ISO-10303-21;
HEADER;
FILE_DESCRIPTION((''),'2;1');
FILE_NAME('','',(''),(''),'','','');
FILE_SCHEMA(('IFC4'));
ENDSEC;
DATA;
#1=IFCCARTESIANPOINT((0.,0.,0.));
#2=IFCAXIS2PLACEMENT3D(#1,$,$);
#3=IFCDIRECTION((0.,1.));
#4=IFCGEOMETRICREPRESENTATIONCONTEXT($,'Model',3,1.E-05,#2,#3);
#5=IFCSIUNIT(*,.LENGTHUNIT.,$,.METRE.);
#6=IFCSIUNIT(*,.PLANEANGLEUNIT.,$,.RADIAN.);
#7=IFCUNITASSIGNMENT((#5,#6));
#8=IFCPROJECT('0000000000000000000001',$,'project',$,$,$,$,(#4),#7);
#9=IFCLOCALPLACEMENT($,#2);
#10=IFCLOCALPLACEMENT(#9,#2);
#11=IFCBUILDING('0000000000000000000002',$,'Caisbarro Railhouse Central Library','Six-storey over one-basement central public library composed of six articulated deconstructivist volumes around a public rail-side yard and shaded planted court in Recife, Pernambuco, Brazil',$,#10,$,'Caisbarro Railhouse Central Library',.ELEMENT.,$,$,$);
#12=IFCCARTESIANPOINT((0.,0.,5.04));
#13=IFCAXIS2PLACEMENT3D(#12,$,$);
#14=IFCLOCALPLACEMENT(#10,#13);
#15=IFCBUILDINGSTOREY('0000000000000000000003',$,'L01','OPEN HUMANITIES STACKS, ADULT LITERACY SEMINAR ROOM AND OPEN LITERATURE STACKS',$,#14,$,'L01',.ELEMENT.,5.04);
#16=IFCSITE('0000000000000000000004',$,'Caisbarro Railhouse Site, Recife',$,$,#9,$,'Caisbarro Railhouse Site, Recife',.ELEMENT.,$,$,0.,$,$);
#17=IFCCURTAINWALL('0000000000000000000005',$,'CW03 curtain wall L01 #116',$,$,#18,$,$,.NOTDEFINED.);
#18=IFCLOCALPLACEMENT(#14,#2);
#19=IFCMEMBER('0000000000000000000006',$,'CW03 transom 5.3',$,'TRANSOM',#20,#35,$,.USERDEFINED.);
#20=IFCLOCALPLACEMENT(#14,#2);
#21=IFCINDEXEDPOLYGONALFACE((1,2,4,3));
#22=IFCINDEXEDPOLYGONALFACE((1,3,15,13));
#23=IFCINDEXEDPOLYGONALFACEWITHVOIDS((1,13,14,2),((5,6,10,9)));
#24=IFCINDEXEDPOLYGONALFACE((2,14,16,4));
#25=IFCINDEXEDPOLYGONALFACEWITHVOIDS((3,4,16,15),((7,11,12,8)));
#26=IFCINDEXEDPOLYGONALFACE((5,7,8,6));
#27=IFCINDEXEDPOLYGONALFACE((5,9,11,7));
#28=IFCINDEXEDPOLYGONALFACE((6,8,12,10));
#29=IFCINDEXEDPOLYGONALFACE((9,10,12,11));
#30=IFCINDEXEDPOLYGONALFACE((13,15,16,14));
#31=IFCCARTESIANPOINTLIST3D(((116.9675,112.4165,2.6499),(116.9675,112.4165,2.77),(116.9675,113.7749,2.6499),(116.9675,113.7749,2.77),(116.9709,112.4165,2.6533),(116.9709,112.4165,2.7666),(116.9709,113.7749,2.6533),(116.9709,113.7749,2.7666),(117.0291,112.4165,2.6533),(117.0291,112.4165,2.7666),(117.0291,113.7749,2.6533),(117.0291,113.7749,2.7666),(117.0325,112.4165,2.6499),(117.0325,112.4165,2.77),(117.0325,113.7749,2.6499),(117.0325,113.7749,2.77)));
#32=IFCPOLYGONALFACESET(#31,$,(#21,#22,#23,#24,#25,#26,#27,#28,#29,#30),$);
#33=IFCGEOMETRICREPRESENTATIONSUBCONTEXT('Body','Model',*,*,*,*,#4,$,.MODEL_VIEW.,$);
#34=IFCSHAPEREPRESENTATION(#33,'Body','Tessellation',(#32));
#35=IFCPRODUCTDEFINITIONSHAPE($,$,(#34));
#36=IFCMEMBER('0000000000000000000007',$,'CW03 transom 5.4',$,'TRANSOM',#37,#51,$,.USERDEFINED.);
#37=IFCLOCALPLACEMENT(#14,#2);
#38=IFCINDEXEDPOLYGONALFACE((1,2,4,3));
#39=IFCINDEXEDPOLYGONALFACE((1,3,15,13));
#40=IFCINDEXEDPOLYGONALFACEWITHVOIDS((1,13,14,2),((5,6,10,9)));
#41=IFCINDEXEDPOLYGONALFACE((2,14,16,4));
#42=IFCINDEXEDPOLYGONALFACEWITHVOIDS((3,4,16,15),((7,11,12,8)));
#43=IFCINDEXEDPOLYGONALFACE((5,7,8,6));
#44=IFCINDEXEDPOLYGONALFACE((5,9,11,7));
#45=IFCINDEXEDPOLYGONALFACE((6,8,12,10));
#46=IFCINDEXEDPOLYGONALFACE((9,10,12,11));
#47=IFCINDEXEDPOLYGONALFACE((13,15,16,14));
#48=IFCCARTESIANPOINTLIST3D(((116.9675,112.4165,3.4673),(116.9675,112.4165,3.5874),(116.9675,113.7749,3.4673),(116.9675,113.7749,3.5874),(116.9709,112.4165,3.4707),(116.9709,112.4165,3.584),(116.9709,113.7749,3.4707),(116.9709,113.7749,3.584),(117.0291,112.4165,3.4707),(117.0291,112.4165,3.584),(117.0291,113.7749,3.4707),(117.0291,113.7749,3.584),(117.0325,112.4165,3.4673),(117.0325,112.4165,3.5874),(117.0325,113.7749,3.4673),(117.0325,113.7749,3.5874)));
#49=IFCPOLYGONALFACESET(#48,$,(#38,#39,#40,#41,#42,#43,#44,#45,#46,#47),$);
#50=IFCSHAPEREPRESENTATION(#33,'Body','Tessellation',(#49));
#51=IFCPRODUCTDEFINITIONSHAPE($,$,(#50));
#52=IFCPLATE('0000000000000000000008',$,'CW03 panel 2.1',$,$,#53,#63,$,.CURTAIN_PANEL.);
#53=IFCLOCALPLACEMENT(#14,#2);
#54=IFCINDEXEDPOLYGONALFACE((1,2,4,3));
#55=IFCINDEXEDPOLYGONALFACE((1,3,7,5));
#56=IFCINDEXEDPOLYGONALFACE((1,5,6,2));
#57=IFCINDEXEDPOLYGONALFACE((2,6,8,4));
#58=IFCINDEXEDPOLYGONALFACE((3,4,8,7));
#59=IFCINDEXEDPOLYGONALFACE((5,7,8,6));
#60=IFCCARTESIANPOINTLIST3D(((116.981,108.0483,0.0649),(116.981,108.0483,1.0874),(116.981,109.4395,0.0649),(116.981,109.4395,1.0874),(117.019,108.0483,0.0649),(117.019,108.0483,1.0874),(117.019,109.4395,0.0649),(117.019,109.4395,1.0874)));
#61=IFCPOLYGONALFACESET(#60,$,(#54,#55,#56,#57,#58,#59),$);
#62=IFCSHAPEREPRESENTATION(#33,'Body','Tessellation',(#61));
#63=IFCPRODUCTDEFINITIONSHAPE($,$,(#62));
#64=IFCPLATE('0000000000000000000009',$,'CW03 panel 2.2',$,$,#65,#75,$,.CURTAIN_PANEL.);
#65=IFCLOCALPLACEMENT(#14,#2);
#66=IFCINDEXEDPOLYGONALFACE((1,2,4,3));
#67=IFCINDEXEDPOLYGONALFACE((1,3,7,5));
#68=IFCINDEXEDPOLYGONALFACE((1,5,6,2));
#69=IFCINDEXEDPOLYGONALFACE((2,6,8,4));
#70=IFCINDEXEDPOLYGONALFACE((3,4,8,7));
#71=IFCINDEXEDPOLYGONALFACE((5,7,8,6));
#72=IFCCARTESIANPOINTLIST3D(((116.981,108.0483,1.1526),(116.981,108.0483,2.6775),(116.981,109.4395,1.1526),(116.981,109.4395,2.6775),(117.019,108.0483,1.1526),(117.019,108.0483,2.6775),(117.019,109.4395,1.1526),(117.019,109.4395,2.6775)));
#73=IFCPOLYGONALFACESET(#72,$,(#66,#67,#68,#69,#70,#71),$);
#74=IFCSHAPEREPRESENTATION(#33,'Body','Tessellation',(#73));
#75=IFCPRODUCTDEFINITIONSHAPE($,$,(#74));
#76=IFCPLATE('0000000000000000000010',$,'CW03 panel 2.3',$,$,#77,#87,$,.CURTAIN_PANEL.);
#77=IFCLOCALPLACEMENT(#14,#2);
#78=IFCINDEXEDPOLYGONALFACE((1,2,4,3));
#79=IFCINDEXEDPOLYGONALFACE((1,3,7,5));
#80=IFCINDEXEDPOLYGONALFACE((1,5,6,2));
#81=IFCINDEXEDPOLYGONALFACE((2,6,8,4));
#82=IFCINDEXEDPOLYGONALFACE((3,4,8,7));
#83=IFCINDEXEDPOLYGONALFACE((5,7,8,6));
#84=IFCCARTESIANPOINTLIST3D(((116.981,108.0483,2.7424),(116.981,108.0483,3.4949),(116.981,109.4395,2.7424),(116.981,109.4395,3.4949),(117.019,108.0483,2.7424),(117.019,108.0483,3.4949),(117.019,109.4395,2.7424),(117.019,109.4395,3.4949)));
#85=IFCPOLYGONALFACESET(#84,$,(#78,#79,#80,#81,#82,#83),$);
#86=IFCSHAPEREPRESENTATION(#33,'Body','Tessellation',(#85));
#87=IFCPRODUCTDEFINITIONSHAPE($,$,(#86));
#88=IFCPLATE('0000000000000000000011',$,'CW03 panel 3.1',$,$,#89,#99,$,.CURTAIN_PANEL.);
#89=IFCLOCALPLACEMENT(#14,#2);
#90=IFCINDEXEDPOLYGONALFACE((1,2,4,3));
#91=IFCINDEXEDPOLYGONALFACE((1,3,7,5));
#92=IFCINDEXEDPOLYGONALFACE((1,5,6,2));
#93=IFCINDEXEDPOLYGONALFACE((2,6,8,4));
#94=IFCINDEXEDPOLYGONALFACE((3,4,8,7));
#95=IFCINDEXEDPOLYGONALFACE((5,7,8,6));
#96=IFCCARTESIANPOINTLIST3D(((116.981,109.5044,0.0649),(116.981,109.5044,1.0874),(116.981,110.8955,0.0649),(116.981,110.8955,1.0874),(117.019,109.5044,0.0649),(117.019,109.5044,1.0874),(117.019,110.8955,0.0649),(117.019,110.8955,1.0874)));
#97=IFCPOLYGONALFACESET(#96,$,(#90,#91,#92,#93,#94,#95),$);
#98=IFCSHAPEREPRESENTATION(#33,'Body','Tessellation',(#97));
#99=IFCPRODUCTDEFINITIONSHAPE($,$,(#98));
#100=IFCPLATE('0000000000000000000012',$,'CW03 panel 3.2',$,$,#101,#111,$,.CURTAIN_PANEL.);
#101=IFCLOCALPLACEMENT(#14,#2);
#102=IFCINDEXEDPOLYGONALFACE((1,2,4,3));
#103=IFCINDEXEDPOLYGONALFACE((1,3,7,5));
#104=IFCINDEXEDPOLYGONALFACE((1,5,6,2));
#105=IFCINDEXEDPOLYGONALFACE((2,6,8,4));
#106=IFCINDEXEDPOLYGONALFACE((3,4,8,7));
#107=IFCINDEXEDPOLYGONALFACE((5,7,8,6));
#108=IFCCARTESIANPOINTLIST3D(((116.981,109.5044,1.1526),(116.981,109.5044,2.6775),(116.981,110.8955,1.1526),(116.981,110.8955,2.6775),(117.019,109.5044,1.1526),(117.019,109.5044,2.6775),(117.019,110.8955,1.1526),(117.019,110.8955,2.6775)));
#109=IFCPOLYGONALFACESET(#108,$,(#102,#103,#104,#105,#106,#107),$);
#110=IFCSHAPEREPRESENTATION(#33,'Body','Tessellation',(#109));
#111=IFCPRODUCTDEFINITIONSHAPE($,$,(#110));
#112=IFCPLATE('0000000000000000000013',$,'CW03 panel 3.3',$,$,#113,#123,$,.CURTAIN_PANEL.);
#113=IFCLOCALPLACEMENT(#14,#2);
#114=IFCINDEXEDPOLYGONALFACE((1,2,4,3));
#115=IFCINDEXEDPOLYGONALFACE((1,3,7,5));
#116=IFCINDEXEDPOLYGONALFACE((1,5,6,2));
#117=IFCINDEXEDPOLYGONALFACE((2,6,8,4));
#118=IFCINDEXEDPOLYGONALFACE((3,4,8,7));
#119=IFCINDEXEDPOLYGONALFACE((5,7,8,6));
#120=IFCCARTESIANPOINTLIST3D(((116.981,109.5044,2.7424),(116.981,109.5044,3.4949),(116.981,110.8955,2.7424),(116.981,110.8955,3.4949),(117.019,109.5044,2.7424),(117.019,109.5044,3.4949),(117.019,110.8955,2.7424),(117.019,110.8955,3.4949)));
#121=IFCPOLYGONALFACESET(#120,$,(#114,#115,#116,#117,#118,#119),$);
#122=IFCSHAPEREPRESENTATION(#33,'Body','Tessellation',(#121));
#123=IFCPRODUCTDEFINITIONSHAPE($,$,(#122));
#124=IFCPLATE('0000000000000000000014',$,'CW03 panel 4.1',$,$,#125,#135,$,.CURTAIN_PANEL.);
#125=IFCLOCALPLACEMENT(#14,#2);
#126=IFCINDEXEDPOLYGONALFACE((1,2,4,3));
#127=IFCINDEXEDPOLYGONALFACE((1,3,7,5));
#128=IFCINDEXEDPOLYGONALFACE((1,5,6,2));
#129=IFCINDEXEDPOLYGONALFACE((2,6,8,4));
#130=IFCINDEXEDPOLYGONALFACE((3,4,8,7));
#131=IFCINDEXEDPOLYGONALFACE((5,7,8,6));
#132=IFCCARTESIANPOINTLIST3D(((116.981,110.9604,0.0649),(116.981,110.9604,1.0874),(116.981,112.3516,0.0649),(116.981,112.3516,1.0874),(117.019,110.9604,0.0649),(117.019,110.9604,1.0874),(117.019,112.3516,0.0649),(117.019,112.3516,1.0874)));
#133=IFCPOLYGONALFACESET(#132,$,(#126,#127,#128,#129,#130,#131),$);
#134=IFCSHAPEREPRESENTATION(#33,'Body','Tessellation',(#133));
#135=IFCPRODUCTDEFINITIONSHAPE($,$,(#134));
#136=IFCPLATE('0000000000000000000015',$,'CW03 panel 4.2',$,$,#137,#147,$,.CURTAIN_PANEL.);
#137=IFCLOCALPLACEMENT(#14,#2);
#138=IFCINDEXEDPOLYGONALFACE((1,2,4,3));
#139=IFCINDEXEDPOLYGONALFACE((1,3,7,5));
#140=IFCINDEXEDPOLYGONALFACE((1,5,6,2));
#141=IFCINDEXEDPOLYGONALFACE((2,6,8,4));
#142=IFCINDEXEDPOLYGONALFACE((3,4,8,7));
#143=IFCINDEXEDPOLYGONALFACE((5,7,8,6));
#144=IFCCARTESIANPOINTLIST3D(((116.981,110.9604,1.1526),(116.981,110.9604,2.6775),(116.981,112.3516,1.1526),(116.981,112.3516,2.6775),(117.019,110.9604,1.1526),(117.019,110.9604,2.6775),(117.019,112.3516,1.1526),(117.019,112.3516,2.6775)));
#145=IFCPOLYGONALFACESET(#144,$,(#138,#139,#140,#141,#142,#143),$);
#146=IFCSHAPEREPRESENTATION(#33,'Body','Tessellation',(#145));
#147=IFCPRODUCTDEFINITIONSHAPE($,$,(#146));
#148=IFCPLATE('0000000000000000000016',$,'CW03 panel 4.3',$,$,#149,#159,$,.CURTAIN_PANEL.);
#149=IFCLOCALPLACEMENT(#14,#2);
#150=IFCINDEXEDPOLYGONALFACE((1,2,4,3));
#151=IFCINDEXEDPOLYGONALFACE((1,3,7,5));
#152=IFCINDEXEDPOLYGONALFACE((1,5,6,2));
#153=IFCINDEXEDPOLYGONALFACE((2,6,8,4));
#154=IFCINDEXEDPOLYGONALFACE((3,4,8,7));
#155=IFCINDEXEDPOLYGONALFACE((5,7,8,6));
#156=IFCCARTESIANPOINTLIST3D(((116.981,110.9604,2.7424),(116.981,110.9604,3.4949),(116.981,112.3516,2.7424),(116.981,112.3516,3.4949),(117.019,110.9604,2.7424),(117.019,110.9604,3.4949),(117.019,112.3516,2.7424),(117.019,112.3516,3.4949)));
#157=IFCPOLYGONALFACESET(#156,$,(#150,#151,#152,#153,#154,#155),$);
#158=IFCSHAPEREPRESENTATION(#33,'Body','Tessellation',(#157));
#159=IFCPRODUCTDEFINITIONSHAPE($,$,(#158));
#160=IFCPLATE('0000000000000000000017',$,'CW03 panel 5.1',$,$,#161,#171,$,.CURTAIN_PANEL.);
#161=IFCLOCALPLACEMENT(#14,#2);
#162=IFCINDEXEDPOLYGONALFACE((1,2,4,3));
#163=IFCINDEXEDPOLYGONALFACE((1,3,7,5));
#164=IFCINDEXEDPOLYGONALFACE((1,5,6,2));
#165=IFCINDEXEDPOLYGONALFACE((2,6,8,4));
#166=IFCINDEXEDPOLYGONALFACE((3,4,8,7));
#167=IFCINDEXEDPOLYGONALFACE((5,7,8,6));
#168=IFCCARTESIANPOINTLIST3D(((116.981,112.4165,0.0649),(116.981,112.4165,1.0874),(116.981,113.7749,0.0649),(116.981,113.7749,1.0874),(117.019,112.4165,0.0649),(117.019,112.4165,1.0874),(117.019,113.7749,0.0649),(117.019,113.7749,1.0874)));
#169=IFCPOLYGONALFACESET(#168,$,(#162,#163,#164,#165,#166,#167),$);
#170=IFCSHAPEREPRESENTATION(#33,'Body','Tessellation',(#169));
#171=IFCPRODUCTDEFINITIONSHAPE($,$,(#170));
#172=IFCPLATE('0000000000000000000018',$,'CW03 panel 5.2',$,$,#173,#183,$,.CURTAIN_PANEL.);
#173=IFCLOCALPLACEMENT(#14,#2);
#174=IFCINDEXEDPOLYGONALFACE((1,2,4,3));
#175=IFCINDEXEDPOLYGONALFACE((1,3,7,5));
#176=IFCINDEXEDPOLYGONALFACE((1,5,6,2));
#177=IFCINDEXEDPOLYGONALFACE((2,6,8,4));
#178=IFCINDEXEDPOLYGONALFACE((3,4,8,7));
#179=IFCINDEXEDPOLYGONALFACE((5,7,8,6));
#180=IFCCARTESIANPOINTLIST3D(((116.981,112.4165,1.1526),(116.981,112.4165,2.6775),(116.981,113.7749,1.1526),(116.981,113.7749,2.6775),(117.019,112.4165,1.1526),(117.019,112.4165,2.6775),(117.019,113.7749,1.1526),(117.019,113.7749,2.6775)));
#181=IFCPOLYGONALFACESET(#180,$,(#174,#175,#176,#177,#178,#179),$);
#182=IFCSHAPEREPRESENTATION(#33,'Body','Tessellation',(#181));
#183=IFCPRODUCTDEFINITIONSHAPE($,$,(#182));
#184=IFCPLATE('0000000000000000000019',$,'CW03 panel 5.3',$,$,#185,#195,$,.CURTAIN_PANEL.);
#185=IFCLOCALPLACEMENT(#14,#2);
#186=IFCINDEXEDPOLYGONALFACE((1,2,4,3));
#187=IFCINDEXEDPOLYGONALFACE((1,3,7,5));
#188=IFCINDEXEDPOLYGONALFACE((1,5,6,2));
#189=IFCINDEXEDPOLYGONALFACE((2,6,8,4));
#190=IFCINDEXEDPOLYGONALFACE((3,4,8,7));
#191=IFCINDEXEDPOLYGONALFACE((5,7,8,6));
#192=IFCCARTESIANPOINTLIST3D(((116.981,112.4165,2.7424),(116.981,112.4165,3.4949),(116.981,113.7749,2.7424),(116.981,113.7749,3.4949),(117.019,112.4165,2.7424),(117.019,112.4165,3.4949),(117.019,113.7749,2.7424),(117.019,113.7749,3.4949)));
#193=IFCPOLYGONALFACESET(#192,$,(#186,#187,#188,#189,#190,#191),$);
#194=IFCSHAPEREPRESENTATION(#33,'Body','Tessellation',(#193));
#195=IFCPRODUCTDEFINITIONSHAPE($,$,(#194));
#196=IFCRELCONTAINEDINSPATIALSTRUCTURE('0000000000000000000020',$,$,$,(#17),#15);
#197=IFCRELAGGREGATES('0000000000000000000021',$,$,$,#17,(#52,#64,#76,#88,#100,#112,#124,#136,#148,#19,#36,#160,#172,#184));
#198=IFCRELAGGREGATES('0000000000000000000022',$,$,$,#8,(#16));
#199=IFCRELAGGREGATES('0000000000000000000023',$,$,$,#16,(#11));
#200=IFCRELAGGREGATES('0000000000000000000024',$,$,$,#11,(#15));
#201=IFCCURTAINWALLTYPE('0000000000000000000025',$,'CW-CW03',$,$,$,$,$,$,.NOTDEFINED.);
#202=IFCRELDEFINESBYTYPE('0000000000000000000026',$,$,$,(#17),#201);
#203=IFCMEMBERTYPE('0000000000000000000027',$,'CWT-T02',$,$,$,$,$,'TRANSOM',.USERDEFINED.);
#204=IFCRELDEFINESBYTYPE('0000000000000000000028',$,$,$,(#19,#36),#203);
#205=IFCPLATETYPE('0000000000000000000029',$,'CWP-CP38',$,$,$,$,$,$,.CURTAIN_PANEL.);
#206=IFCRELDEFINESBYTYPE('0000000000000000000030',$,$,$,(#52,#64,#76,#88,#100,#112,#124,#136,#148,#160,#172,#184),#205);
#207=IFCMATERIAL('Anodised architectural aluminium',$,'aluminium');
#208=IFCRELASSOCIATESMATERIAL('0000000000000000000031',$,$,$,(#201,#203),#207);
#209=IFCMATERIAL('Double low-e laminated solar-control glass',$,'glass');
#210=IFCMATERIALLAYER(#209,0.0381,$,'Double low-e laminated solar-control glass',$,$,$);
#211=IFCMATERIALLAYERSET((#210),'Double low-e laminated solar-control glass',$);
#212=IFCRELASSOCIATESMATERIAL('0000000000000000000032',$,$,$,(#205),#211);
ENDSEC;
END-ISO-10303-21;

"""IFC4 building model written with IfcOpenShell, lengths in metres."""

from ifc_helpers import new_model, si_unit, direction, frame, origin, origin_2d, place, context, subcontext, project, spatial, rectangle, hollow_rectangle, extrude, material, layer, layer_set, material_profile, profile_set, type_object, element, aggregate, save


model = new_model("IFC4")

# Units and contexts
model_context = context("Model", 3, precision=1e-05, world=origin(), true_north=direction((0.0, 1.0)))
body_context = subcontext(model_context, "Body", "Model", "MODEL_VIEW")
ifc_project = project(units=[si_unit("LENGTHUNIT", "METRE"), si_unit("PLANEANGLEUNIT", "RADIAN")], contexts=[model_context])

# Site, building, storey
site_placement = place(None, origin())
site = spatial("IfcSite", under=ifc_project, at=site_placement, Name="Caisbarro Railhouse Site, Recife", LongName="Caisbarro Railhouse Site, Recife", CompositionType="ELEMENT", RefElevation=0.0)
building_placement = place(site_placement, origin())
building = spatial("IfcBuilding", under=site, at=building_placement, Name="Caisbarro Railhouse Central Library", Description="Six-storey over one-basement central public library composed of six articulated deconstructivist volumes around a public rail-side yard and shaded planted court in Recife, Pernambuco, Brazil", LongName="Caisbarro Railhouse Central Library", CompositionType="ELEMENT")
storey_placement = place(building_placement, frame((0.0, 0.0, 5.04)))
storey = spatial("IfcBuildingStorey", under=building, at=storey_placement, Name="L01", Description="OPEN HUMANITIES STACKS, ADULT LITERACY SEMINAR ROOM AND OPEN LITERATURE STACKS", LongName="L01", CompositionType="ELEMENT", Elevation=5.04)

# Curtain wall, members, plates
ifc_material_1 = material(Name="Anodised architectural aluminium", Category="aluminium")
curtain_wall_type = type_object("IfcCurtainWallType", Name="CW-CW03", PredefinedType="NOTDEFINED", material=ifc_material_1)
curtain_wall_placement = place(storey_placement, origin())
curtain_wall = element("IfcCurtainWall", 1, at=curtain_wall_placement, inside=storey, type_object=curtain_wall_type, Name="CW03 curtain wall L01 #116", PredefinedType="NOTDEFINED")
ifc_material_profile_1 = material_profile(ifc_material_1, hollow_rectangle(XDim=0.0649, YDim=0.1201, WallThickness=0.0034, at=origin_2d()), Name="ALU-TRN-65X120")
ifc_profile_set_1 = profile_set([ifc_material_profile_1], Name="Anodised architectural aluminium")
member_type_1 = type_object("IfcMemberType", Name="CWT-T02", ElementType="TRANSOM", PredefinedType="USERDEFINED", material=ifc_profile_set_1)
member_1_placement = place(storey_placement, frame((117.0, 112.4165, 2.71), z_axis=(0.0, 1.0, 0.0), x_axis=(-1.0, 0.0, 0.0)))
member_1 = element("IfcMember", 2, at=member_1_placement, type_object=member_type_1, Name="CW03 transom 5.3", ObjectType="TRANSOM", PredefinedType="USERDEFINED", context=body_context, shape_type="SweptSolid", body=[
    extrude(hollow_rectangle(XDim=0.0649, YDim=0.1201, WallThickness=0.0034, at=origin_2d()), origin(), (0.0, 0.0, 1.0), 1.3584),
])
member_2_placement = place(storey_placement, frame((117.0, 112.4165, 3.5273), z_axis=(0.0, 1.0, 0.0), x_axis=(-1.0, 0.0, 0.0)))
member_2 = element("IfcMember", 3, at=member_2_placement, type_object=member_type_1, Name="CW03 transom 5.4", ObjectType="TRANSOM", PredefinedType="USERDEFINED", context=body_context, shape_type="SweptSolid", body=[
    extrude(hollow_rectangle(XDim=0.0649, YDim=0.1201, WallThickness=0.0034, at=origin_2d()), origin(), (0.0, 0.0, 1.0), 1.3584),
])
ifc_material_2 = material(Name="Double low-e laminated solar-control glass", Category="glass")
ifc_layer_1 = layer(ifc_material_2, 0.0381, Name="Double low-e laminated solar-control glass")
ifc_layer_set_1 = layer_set([ifc_layer_1], Name="Double low-e laminated solar-control glass")
plate_type_1 = type_object("IfcPlateType", Name="CWP-CP38", PredefinedType="CURTAIN_PANEL", material=ifc_layer_set_1)
plate_1_placement = place(storey_placement, frame((117.0, 108.7439, 0.0649), z_axis=(0.0, 0.0, 1.0), x_axis=(0.0, 1.0, 0.0)))
plate_1 = element("IfcPlate", 4, at=plate_1_placement, type_object=plate_type_1, Name="CW03 panel 2.1", PredefinedType="CURTAIN_PANEL", context=body_context, shape_type="SweptSolid", body=[
    extrude(rectangle(XDim=1.3911, YDim=0.0381, at=origin_2d()), origin(), (0.0, 0.0, 1.0), 1.0225),
])
plate_2_placement = place(storey_placement, frame((117.0, 108.7439, 1.1526), z_axis=(0.0, 0.0, 1.0), x_axis=(0.0, 1.0, 0.0)))
plate_2 = element("IfcPlate", 5, at=plate_2_placement, type_object=plate_type_1, Name="CW03 panel 2.2", PredefinedType="CURTAIN_PANEL", context=body_context, shape_type="SweptSolid", body=[
    extrude(rectangle(XDim=1.3911, YDim=0.0381, at=origin_2d()), origin(), (0.0, 0.0, 1.0), 1.5249),
])
plate_3_placement = place(storey_placement, frame((117.0, 108.7439, 2.7424), z_axis=(0.0, 0.0, 1.0), x_axis=(0.0, 1.0, 0.0)))
plate_3 = element("IfcPlate", 6, at=plate_3_placement, type_object=plate_type_1, Name="CW03 panel 2.3", PredefinedType="CURTAIN_PANEL", context=body_context, shape_type="SweptSolid", body=[
    extrude(rectangle(XDim=1.3911, YDim=0.0381, at=origin_2d()), origin(), (0.0, 0.0, 1.0), 0.7524),
])
plate_4_placement = place(storey_placement, frame((117.0, 110.2, 0.0649), z_axis=(0.0, 0.0, 1.0), x_axis=(0.0, 1.0, 0.0)))
plate_4 = element("IfcPlate", 7, at=plate_4_placement, type_object=plate_type_1, Name="CW03 panel 3.1", PredefinedType="CURTAIN_PANEL", context=body_context, shape_type="SweptSolid", body=[
    extrude(rectangle(XDim=1.3911, YDim=0.0381, at=origin_2d()), origin(), (0.0, 0.0, 1.0), 1.0225),
])
plate_5_placement = place(storey_placement, frame((117.0, 110.2, 1.1526), z_axis=(0.0, 0.0, 1.0), x_axis=(0.0, 1.0, 0.0)))
plate_5 = element("IfcPlate", 8, at=plate_5_placement, type_object=plate_type_1, Name="CW03 panel 3.2", PredefinedType="CURTAIN_PANEL", context=body_context, shape_type="SweptSolid", body=[
    extrude(rectangle(XDim=1.3911, YDim=0.0381, at=origin_2d()), origin(), (0.0, 0.0, 1.0), 1.5249),
])
plate_6_placement = place(storey_placement, frame((117.0, 110.2, 2.7424), z_axis=(0.0, 0.0, 1.0), x_axis=(0.0, 1.0, 0.0)))
plate_6 = element("IfcPlate", 9, at=plate_6_placement, type_object=plate_type_1, Name="CW03 panel 3.3", PredefinedType="CURTAIN_PANEL", context=body_context, shape_type="SweptSolid", body=[
    extrude(rectangle(XDim=1.3911, YDim=0.0381, at=origin_2d()), origin(), (0.0, 0.0, 1.0), 0.7524),
])
plate_7_placement = place(storey_placement, frame((117.0, 111.656, 0.0649), z_axis=(0.0, 0.0, 1.0), x_axis=(0.0, 1.0, 0.0)))
plate_7 = element("IfcPlate", 10, at=plate_7_placement, type_object=plate_type_1, Name="CW03 panel 4.1", PredefinedType="CURTAIN_PANEL", context=body_context, shape_type="SweptSolid", body=[
    extrude(rectangle(XDim=1.3911, YDim=0.0381, at=origin_2d()), origin(), (0.0, 0.0, 1.0), 1.0225),
])
plate_8_placement = place(storey_placement, frame((117.0, 111.656, 1.1526), z_axis=(0.0, 0.0, 1.0), x_axis=(0.0, 1.0, 0.0)))
plate_8 = element("IfcPlate", 11, at=plate_8_placement, type_object=plate_type_1, Name="CW03 panel 4.2", PredefinedType="CURTAIN_PANEL", context=body_context, shape_type="SweptSolid", body=[
    extrude(rectangle(XDim=1.3911, YDim=0.0381, at=origin_2d()), origin(), (0.0, 0.0, 1.0), 1.5249),
])
plate_9_placement = place(storey_placement, frame((117.0, 111.656, 2.7424), z_axis=(0.0, 0.0, 1.0), x_axis=(0.0, 1.0, 0.0)))
plate_9 = element("IfcPlate", 12, at=plate_9_placement, type_object=plate_type_1, Name="CW03 panel 4.3", PredefinedType="CURTAIN_PANEL", context=body_context, shape_type="SweptSolid", body=[
    extrude(rectangle(XDim=1.3911, YDim=0.0381, at=origin_2d()), origin(), (0.0, 0.0, 1.0), 0.7524),
])
plate_10_placement = place(storey_placement, frame((117.0, 113.0957, 0.0649), z_axis=(0.0, 0.0, 1.0), x_axis=(0.0, 1.0, 0.0)))
plate_10 = element("IfcPlate", 13, at=plate_10_placement, type_object=plate_type_1, Name="CW03 panel 5.1", PredefinedType="CURTAIN_PANEL", context=body_context, shape_type="SweptSolid", body=[
    extrude(rectangle(XDim=1.3584, YDim=0.0381, at=origin_2d()), origin(), (0.0, 0.0, 1.0), 1.0225),
])
plate_11_placement = place(storey_placement, frame((117.0, 113.0957, 1.1526), z_axis=(0.0, 0.0, 1.0), x_axis=(0.0, 1.0, 0.0)))
plate_11 = element("IfcPlate", 14, at=plate_11_placement, type_object=plate_type_1, Name="CW03 panel 5.2", PredefinedType="CURTAIN_PANEL", context=body_context, shape_type="SweptSolid", body=[
    extrude(rectangle(XDim=1.3584, YDim=0.0381, at=origin_2d()), origin(), (0.0, 0.0, 1.0), 1.5249),
])
plate_12_placement = place(storey_placement, frame((117.0, 113.0957, 2.7424), z_axis=(0.0, 0.0, 1.0), x_axis=(0.0, 1.0, 0.0)))
plate_12 = element("IfcPlate", 15, at=plate_12_placement, type_object=plate_type_1, Name="CW03 panel 5.3", PredefinedType="CURTAIN_PANEL", context=body_context, shape_type="SweptSolid", body=[
    extrude(rectangle(XDim=1.3584, YDim=0.0381, at=origin_2d()), origin(), (0.0, 0.0, 1.0), 0.7524),
])
aggregate(curtain_wall, [plate_1, plate_2, plate_3, plate_4, plate_5, plate_6, plate_7, plate_8, plate_9, member_1, member_2, plate_10, plate_11, plate_12])

save(model, "model.ifc")
